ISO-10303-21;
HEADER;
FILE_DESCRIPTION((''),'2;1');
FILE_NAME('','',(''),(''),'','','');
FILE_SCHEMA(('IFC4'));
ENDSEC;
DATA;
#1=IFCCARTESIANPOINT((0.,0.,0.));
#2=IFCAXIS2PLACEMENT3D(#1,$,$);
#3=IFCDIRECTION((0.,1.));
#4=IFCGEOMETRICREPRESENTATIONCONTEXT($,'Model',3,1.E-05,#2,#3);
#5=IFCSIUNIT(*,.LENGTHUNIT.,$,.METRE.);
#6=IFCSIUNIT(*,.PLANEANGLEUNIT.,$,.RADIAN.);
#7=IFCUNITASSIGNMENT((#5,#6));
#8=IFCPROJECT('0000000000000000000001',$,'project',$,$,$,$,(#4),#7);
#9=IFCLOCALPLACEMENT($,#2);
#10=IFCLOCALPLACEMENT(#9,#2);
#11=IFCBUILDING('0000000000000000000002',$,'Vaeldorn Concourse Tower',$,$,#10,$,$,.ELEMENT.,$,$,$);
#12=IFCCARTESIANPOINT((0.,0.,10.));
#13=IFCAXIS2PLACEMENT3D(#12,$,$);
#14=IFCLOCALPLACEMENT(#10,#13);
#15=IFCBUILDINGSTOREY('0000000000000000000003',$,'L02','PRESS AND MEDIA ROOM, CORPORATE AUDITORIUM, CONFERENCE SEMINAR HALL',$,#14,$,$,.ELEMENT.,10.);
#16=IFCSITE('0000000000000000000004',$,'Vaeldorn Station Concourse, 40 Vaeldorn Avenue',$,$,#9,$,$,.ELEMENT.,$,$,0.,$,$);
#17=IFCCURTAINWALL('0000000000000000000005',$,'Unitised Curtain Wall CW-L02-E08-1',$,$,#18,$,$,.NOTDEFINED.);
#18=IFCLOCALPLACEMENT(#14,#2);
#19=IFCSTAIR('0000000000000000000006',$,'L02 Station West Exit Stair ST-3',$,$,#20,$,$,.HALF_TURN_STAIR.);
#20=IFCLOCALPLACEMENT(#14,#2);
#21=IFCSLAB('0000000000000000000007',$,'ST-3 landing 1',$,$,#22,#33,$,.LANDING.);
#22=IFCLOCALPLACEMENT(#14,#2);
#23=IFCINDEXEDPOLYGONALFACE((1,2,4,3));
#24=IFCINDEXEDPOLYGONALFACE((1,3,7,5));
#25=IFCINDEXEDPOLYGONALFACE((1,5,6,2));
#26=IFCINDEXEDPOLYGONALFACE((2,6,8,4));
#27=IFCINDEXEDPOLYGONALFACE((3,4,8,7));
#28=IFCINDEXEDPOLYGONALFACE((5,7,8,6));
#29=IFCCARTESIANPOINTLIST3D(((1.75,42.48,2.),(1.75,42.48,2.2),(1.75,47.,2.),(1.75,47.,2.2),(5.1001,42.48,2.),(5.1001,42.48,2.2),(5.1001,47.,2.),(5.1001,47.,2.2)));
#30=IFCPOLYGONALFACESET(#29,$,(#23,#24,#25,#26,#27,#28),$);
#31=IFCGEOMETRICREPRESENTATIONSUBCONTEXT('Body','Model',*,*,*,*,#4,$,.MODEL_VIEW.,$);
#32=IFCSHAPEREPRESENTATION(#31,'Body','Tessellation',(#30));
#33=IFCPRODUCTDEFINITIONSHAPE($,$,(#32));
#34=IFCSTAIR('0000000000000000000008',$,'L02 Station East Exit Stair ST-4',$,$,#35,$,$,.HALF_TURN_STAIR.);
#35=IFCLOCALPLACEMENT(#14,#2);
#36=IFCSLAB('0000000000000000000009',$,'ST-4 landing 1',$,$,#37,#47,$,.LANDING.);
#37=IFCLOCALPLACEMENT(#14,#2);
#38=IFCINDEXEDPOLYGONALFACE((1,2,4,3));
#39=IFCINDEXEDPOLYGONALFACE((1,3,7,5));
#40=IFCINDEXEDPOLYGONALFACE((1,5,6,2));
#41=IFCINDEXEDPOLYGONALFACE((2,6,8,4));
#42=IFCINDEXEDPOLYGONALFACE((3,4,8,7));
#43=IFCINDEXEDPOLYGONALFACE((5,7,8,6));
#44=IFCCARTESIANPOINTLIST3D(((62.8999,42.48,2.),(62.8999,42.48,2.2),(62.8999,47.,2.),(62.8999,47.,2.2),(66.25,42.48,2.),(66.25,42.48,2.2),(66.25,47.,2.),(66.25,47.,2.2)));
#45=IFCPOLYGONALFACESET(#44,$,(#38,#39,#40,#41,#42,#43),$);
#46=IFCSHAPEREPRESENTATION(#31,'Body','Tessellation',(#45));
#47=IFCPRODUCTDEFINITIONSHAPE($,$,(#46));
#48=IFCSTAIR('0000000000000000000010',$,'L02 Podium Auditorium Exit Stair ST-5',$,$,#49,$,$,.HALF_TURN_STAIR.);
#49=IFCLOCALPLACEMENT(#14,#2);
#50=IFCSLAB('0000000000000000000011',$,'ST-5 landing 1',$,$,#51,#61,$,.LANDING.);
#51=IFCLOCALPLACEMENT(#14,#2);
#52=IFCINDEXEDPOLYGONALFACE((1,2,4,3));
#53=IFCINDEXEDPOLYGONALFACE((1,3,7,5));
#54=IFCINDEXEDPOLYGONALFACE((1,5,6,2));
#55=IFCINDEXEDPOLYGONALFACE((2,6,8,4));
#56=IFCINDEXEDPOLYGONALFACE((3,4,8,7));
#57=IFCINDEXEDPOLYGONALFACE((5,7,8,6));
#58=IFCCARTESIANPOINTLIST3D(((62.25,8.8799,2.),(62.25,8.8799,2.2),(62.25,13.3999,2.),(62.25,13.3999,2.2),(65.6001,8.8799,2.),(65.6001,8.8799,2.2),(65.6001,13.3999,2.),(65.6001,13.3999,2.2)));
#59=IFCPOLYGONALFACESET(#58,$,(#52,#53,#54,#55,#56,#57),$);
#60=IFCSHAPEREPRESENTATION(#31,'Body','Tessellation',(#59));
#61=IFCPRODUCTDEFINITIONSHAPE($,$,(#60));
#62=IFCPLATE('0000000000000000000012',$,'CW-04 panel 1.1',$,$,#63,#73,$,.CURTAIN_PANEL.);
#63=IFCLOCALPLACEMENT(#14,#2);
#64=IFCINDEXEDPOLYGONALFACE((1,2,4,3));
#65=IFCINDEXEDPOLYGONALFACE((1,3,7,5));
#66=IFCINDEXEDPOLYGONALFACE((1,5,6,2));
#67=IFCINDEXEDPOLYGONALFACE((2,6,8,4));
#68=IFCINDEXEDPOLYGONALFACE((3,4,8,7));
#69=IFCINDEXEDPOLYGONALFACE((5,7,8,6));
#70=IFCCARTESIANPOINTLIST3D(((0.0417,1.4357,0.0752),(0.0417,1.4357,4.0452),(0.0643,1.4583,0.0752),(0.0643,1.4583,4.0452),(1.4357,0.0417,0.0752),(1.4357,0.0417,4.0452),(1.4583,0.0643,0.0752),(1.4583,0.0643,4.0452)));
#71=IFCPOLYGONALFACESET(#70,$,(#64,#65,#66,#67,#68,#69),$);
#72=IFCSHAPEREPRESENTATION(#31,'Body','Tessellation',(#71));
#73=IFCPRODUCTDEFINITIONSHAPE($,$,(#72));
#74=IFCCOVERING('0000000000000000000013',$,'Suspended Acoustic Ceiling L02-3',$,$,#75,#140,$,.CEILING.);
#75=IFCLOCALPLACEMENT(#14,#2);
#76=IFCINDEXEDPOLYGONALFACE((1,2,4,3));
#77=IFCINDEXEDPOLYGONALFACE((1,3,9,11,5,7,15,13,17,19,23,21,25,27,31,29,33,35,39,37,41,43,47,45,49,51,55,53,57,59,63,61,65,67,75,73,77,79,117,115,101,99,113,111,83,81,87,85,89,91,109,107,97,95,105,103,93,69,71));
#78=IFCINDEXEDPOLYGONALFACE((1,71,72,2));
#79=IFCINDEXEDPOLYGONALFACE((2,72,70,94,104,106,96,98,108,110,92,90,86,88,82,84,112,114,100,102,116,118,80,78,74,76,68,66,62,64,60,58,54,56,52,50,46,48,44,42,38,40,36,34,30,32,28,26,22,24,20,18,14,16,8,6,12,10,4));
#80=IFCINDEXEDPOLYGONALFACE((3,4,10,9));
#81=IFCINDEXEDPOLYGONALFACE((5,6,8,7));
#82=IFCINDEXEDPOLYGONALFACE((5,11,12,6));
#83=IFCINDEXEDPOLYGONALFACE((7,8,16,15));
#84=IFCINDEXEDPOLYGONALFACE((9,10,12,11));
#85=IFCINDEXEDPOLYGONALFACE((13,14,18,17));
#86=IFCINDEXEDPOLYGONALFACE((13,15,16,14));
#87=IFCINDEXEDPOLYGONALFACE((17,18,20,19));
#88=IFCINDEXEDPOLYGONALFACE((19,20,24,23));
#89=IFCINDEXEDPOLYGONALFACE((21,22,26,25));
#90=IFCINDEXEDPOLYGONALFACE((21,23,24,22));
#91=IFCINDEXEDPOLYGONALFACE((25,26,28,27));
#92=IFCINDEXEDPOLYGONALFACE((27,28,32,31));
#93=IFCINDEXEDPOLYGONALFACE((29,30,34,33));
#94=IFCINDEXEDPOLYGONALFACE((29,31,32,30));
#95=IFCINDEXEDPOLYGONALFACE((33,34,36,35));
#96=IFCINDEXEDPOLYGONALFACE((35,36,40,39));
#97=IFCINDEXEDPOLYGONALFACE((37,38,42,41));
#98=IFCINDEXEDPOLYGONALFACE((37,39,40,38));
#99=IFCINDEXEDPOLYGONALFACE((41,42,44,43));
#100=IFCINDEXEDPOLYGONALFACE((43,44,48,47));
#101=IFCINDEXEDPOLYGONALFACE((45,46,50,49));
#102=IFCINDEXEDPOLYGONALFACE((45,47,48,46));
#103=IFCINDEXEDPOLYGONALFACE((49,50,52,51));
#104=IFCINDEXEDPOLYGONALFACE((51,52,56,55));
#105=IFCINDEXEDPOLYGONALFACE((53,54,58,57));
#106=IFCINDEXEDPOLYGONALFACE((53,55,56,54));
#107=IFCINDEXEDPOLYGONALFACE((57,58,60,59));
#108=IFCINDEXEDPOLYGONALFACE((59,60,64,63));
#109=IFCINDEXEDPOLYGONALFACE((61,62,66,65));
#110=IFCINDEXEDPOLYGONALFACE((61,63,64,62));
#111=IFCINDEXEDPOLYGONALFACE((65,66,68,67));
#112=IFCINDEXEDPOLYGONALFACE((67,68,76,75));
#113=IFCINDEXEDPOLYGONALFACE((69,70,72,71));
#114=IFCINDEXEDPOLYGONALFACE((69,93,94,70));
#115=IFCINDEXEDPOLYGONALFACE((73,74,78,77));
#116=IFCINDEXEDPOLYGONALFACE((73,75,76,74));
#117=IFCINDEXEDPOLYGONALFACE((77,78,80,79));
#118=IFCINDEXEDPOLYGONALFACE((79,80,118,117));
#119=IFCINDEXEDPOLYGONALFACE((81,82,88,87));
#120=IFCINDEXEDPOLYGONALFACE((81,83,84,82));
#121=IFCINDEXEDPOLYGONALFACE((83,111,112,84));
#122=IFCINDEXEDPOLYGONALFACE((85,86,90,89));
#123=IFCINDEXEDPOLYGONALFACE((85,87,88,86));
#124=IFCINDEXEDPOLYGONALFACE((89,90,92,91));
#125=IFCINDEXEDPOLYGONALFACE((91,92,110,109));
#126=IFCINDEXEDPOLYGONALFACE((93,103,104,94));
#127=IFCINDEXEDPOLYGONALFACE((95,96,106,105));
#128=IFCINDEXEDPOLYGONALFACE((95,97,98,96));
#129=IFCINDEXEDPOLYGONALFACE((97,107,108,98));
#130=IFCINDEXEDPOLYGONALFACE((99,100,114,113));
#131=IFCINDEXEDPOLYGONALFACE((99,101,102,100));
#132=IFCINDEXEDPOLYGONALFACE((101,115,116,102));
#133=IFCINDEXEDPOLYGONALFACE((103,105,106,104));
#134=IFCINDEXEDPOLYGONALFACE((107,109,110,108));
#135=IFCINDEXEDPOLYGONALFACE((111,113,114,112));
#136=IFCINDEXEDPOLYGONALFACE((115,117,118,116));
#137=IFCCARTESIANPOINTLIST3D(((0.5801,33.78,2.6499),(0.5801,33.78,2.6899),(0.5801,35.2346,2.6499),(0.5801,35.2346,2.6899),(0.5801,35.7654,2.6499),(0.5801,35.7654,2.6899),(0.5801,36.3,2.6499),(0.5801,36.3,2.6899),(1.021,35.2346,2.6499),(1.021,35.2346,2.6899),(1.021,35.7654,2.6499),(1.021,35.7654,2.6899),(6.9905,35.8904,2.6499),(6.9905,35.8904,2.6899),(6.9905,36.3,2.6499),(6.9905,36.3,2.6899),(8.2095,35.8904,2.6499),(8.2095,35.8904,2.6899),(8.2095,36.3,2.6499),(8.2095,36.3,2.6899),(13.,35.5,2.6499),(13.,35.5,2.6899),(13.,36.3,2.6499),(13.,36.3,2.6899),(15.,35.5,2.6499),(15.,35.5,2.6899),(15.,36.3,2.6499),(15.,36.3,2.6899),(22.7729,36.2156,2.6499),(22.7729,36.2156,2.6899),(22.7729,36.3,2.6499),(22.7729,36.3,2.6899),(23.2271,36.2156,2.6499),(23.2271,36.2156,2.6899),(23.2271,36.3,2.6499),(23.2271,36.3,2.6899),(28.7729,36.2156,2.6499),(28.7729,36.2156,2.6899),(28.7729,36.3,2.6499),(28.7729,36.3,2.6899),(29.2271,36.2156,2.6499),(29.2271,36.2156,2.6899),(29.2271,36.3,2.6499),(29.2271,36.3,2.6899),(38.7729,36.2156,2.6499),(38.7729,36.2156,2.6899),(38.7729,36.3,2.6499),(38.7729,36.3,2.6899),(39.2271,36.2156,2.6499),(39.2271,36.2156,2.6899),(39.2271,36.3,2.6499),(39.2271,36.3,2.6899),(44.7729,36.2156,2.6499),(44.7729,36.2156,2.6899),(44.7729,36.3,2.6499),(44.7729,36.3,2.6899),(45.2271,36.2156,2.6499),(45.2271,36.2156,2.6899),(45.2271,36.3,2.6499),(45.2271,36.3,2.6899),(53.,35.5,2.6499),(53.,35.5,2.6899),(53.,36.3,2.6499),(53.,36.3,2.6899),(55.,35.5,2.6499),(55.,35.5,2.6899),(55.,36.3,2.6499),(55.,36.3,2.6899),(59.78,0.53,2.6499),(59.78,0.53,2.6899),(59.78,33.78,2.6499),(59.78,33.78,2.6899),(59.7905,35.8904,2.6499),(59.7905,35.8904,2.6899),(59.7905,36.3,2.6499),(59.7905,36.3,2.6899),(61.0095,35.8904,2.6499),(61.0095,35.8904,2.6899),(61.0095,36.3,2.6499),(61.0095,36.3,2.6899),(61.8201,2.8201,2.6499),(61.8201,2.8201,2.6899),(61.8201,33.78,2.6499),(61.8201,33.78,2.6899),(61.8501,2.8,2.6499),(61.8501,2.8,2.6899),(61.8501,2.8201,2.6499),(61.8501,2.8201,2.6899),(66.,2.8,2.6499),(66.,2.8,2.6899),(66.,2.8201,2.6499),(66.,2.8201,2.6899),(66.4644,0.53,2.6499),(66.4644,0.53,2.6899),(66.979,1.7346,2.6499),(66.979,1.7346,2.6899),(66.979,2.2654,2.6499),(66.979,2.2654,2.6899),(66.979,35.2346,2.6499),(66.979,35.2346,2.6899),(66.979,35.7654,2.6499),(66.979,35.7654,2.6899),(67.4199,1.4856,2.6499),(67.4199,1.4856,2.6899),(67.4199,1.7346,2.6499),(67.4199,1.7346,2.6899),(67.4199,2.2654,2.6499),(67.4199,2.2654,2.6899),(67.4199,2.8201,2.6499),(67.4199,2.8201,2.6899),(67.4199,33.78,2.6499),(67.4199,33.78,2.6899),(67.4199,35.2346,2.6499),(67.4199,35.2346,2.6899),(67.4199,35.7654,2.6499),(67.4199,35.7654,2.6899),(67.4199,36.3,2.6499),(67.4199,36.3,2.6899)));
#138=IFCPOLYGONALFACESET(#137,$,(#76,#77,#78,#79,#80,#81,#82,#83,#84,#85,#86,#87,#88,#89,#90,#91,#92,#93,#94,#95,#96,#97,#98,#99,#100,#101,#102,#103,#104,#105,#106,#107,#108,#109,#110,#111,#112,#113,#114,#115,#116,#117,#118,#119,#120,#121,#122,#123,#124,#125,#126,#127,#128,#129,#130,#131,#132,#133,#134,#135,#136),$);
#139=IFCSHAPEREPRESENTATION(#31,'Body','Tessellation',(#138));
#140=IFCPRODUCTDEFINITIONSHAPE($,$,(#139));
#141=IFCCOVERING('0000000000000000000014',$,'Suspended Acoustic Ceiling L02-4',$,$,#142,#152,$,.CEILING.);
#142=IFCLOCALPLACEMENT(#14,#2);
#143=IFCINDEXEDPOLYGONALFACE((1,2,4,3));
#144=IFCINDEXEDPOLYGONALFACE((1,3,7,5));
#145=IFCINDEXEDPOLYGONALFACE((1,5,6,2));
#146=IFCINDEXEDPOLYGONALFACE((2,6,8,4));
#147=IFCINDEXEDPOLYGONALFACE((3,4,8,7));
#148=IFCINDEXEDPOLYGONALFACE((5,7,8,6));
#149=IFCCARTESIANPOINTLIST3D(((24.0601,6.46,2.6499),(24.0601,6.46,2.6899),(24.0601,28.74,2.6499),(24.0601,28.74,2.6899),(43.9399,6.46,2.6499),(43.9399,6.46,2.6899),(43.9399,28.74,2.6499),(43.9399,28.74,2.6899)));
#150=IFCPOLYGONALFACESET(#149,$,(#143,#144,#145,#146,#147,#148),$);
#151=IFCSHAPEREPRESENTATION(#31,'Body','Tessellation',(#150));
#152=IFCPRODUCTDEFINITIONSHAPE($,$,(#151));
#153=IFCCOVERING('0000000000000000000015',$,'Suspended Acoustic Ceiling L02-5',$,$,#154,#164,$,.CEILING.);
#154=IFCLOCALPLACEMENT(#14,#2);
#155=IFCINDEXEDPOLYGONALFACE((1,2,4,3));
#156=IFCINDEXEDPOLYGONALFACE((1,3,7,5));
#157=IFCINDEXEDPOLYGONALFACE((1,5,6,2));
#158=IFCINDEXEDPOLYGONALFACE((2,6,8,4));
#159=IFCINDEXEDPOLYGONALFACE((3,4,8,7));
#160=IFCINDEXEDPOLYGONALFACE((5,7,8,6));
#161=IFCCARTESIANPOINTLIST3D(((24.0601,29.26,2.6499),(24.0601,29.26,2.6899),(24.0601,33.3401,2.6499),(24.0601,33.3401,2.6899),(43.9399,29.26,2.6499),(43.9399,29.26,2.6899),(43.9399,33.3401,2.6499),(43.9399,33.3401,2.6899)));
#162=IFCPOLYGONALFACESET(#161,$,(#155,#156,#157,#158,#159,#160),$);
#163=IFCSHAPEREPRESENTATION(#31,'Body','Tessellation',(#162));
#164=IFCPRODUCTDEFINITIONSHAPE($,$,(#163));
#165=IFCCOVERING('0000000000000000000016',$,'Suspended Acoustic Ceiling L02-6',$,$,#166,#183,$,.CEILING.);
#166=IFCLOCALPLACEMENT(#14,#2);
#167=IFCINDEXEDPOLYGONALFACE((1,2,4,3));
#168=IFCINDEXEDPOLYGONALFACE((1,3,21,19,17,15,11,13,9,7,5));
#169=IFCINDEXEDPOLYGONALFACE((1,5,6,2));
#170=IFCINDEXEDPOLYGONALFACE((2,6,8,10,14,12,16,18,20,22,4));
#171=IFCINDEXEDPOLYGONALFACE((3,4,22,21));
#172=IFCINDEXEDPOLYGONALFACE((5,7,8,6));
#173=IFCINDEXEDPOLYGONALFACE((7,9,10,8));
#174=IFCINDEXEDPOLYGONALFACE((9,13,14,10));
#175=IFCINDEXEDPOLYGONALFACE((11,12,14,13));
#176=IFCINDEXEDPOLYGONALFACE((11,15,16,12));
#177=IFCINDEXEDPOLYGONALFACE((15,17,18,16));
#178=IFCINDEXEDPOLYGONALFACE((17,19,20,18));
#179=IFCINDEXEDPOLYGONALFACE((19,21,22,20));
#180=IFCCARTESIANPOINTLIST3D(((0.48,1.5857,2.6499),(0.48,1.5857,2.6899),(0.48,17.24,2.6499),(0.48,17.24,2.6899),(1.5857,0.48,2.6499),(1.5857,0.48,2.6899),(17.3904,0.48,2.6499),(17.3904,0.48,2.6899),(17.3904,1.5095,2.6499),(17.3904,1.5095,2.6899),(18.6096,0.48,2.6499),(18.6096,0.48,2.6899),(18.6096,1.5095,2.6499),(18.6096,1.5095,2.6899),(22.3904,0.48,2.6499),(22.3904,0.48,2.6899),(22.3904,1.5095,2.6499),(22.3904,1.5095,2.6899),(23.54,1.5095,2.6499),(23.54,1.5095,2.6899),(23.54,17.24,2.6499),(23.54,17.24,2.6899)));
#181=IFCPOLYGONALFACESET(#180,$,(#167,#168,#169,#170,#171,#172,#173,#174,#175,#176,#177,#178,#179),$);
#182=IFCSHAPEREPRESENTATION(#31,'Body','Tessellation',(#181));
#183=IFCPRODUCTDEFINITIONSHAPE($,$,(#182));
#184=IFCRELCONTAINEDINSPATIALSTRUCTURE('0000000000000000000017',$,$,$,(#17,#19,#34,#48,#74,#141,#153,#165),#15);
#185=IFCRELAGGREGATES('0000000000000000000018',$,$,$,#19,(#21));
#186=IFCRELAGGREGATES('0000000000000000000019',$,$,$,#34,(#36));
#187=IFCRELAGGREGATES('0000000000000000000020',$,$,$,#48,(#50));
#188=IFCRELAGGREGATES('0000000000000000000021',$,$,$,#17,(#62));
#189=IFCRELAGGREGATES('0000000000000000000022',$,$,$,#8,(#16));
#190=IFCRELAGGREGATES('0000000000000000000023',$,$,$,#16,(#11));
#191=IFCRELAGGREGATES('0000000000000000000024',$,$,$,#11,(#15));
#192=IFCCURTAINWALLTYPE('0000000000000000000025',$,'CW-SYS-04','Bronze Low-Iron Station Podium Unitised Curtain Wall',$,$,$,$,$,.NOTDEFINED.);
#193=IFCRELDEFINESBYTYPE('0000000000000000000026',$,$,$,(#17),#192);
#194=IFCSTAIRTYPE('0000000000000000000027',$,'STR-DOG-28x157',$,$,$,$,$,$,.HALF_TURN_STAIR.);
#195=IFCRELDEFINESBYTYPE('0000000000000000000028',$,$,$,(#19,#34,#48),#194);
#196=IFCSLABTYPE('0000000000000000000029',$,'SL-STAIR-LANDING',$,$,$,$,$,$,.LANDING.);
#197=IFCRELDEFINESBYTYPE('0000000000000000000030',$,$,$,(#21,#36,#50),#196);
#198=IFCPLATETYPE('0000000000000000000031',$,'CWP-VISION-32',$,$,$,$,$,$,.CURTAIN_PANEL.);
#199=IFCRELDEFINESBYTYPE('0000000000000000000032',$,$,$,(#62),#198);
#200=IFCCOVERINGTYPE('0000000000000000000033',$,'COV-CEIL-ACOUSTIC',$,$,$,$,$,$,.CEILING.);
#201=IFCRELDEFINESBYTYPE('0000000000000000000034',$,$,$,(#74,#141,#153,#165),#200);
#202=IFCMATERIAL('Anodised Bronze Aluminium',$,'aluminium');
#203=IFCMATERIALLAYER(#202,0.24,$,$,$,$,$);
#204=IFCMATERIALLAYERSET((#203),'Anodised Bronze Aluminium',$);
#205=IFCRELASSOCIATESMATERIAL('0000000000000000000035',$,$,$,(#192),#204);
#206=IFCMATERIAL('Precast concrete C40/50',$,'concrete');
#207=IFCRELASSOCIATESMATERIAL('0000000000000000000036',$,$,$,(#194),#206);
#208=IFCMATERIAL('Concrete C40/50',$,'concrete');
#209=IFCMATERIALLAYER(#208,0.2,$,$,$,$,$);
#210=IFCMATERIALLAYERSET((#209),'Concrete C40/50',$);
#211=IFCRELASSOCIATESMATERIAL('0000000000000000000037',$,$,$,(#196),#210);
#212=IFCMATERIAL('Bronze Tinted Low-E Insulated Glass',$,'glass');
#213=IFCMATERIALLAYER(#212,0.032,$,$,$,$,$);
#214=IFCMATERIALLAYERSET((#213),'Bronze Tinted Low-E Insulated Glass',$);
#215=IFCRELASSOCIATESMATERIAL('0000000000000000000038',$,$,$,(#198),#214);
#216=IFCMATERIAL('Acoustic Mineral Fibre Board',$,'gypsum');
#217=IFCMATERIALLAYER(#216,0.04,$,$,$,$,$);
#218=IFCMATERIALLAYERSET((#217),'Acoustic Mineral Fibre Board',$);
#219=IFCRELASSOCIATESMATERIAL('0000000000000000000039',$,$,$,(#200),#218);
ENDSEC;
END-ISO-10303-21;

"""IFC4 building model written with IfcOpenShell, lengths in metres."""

from ifc_helpers import new_model, si_unit, direction, frame, origin, origin_2d, place, context, subcontext, project, spatial, polyline, rectangle, outline, extrude, source, transform, mapped, material, layer, layer_set, type_object, element, aggregate, save


model = new_model("IFC4")

# Units and contexts
model_context = context("Model", 3, precision=1e-05, world=origin(), true_north=direction((0.0, 1.0)))
body_context = subcontext(model_context, "Body", "Model", "MODEL_VIEW")
ifc_project = project(units=[si_unit("LENGTHUNIT", "METRE"), si_unit("PLANEANGLEUNIT", "RADIAN")], contexts=[model_context])

# Site, building, storey
site_placement = place(None, origin())
site = spatial("IfcSite", under=ifc_project, at=site_placement, Name="Vaeldorn Station Concourse, 40 Vaeldorn Avenue", CompositionType="ELEMENT", RefElevation=0.0)
building_placement = place(site_placement, origin())
building = spatial("IfcBuilding", under=site, at=building_placement, Name="Vaeldorn Concourse Tower", CompositionType="ELEMENT")
storey_placement = place(building_placement, frame((0.0, 0.0, 10.0)))
storey = spatial("IfcBuildingStorey", under=building, at=storey_placement, Name="L02", Description="PRESS AND MEDIA ROOM, CORPORATE AUDITORIUM, CONFERENCE SEMINAR HALL", CompositionType="ELEMENT", Elevation=10.0)

# Curtain wall
ifc_material_1 = material(Name="Anodised Bronze Aluminium", Category="aluminium")
ifc_layer_1 = layer(ifc_material_1, 0.24)
ifc_layer_set_1 = layer_set([ifc_layer_1], Name="Anodised Bronze Aluminium")
curtain_wall_type = type_object("IfcCurtainWallType", Name="CW-SYS-04", Description="Bronze Low-Iron Station Podium Unitised Curtain Wall", PredefinedType="NOTDEFINED", material=ifc_layer_set_1)
curtain_wall_placement = place(storey_placement, origin())
curtain_wall = element("IfcCurtainWall", 1, at=curtain_wall_placement, inside=storey, type_object=curtain_wall_type, Name="Unitised Curtain Wall CW-L02-E08-1", PredefinedType="NOTDEFINED")

# Shared definitions
ifc_material_2 = material(Name="Concrete C40/50", Category="concrete")

# Stairs, slabs
ifc_material_3 = material(Name="Precast concrete C40/50", Category="concrete")
stair_type = type_object("IfcStairType", Name="STR-DOG-28x157", PredefinedType="HALF_TURN_STAIR", material=ifc_material_3)
ifc_layer_2 = layer(ifc_material_2, 0.2)
ifc_layer_set_2 = layer_set([ifc_layer_2], Name="Concrete C40/50")
slab_type_1 = type_object("IfcSlabType", Name="SL-STAIR-LANDING", PredefinedType="LANDING", material=ifc_layer_set_2)
stair_1_placement = place(storey_placement, origin())
stair_1 = element("IfcStair", 2, at=stair_1_placement, inside=storey, type_object=stair_type, Name="L02 Station West Exit Stair ST-3", PredefinedType="HALF_TURN_STAIR")
slab_1_placement = place(storey_placement, frame((0.0, 0.0, 2.0)))
slab_1 = element("IfcSlab", 3, at=slab_1_placement, type_object=slab_type_1, Name="ST-3 landing 1", PredefinedType="LANDING", context=body_context, shape_type="SweptSolid", body=[
    extrude(outline(polyline([(5.1001, 42.48), (5.1001, 47.0), (1.75, 47.0), (1.75, 42.48), (5.1001, 42.48)])), origin(), (0.0, 0.0, 1.0), 0.2),
])
aggregate(stair_1, [slab_1])
stair_2_placement = place(storey_placement, origin())
stair_2 = element("IfcStair", 4, at=stair_2_placement, inside=storey, type_object=stair_type, Name="L02 Station East Exit Stair ST-4", PredefinedType="HALF_TURN_STAIR")
slab_2_placement = place(storey_placement, frame((0.0, 0.0, 2.0)))
slab_2 = element("IfcSlab", 5, at=slab_2_placement, type_object=slab_type_1, Name="ST-4 landing 1", PredefinedType="LANDING", context=body_context, shape_type="SweptSolid", body=[
    extrude(outline(polyline([(66.25, 42.48), (66.25, 47.0), (62.8999, 47.0), (62.8999, 42.48), (66.25, 42.48)])), origin(), (0.0, 0.0, 1.0), 0.2),
])
aggregate(stair_2, [slab_2])
stair_3_placement = place(storey_placement, origin())
stair_3 = element("IfcStair", 6, at=stair_3_placement, inside=storey, type_object=stair_type, Name="L02 Podium Auditorium Exit Stair ST-5", PredefinedType="HALF_TURN_STAIR")
slab_3_placement = place(storey_placement, frame((0.0, 0.0, 2.0)))
slab_3 = element("IfcSlab", 7, at=slab_3_placement, type_object=slab_type_1, Name="ST-5 landing 1", PredefinedType="LANDING", context=body_context, shape_type="SweptSolid", body=[
    extrude(outline(polyline([(65.6001, 8.8799), (65.6001, 13.3999), (62.25, 13.3999), (62.25, 8.8799), (65.6001, 8.8799)])), origin(), (0.0, 0.0, 1.0), 0.2),
])
aggregate(stair_3, [slab_3])

# Plate
ifc_material_4 = material(Name="Bronze Tinted Low-E Insulated Glass", Category="glass")
ifc_layer_3 = layer(ifc_material_4, 0.032)
ifc_layer_set_3 = layer_set([ifc_layer_3], Name="Bronze Tinted Low-E Insulated Glass")
plate_type = type_object("IfcPlateType", Name="CWP-VISION-32", PredefinedType="CURTAIN_PANEL", material=ifc_layer_set_3)
shared_shape_1 = source(origin(), body_context, "Body", "SweptSolid", [
    extrude(rectangle(XDim=1.9714, YDim=0.032, at=origin_2d()), origin(), (0.0, 0.0, 1.0), 3.97),
])
plate_placement = place(storey_placement, frame((0.75, 0.75, 0.0752), z_axis=(0.0, 0.0, 1.0), x_axis=(0.707107, -0.707107, 0.0)))
plate = element("IfcPlate", 8, at=plate_placement, type_object=plate_type, Name="CW-04 panel 1.1", PredefinedType="CURTAIN_PANEL", context=body_context, shape_type="MappedRepresentation", body=[
    mapped(shared_shape_1, transform((0.0, 0.0, 0.0), scale=1.0)),
])
aggregate(curtain_wall, [plate])

# Coverings
ifc_material_5 = material(Name="Acoustic Mineral Fibre Board", Category="gypsum")
ifc_layer_4 = layer(ifc_material_5, 0.04)
ifc_layer_set_4 = layer_set([ifc_layer_4], Name="Acoustic Mineral Fibre Board")
covering_type_1 = type_object("IfcCoveringType", Name="COV-CEIL-ACOUSTIC", PredefinedType="CEILING", material=ifc_layer_set_4)
covering_1_placement = place(storey_placement, frame((0.0, 0.0, 2.6499)))
element("IfcCovering", 9, at=covering_1_placement, inside=storey, type_object=covering_type_1, Name="Suspended Acoustic Ceiling L02-3", PredefinedType="CEILING", context=body_context, shape_type="SweptSolid", body=[
    extrude(outline(polyline([(6.9905, 36.3), (6.9905, 35.8904), (8.2095, 35.8904), (8.2095, 36.3), (13.0, 36.3), (13.0, 35.5), (15.0, 35.5), (15.0, 36.3), (22.7729, 36.3), (22.7729, 36.2156), (23.2271, 36.2156), (23.2271, 36.3), (28.7729, 36.3), (28.7729, 36.2156), (29.2271, 36.2156), (29.2271, 36.3), (38.7729, 36.3), (38.7729, 36.2156), (39.2271, 36.2156), (39.2271, 36.3), (44.7729, 36.3), (44.7729, 36.2156), (45.2271, 36.2156), (45.2271, 36.3), (53.0, 36.3), (53.0, 35.5), (55.0, 35.5), (55.0, 36.3), (59.7905, 36.3), (59.7905, 35.8904), (61.0095, 35.8904), (61.0095, 36.3), (67.4199, 36.3), (67.4199, 35.7654), (66.979, 35.7654), (66.979, 35.2346), (67.4199, 35.2346), (67.4199, 33.78), (61.8201, 33.78), (61.8201, 2.8201), (61.8501, 2.8201), (61.8501, 2.8), (66.0, 2.8), (66.0, 2.8201), (67.4199, 2.8201), (67.4199, 2.2654), (66.979, 2.2654), (66.979, 1.7346), (67.4199, 1.7346), (67.4199, 1.4856), (66.4644, 0.53), (59.78, 0.53), (59.78, 33.78), (0.5801, 33.78), (0.5801, 35.2346), (1.021, 35.2346), (1.021, 35.7654), (0.5801, 35.7654), (0.5801, 36.3), (6.9905, 36.3)])), origin(), (0.0, 0.0, 1.0), 0.04),
])
covering_2_placement = place(storey_placement, frame((0.0, 0.0, 2.6499)))
element("IfcCovering", 10, at=covering_2_placement, inside=storey, type_object=covering_type_1, Name="Suspended Acoustic Ceiling L02-4", PredefinedType="CEILING", context=body_context, shape_type="SweptSolid", body=[
    extrude(outline(polyline([(24.0601, 28.74), (43.9399, 28.74), (43.9399, 6.46), (24.0601, 6.46), (24.0601, 28.74)])), origin(), (0.0, 0.0, 1.0), 0.04),
])
covering_3_placement = place(storey_placement, frame((0.0, 0.0, 2.6499)))
element("IfcCovering", 11, at=covering_3_placement, inside=storey, type_object=covering_type_1, Name="Suspended Acoustic Ceiling L02-5", PredefinedType="CEILING", context=body_context, shape_type="SweptSolid", body=[
    extrude(outline(polyline([(24.0601, 33.3401), (43.9399, 33.3401), (43.9399, 29.26), (24.0601, 29.26), (24.0601, 33.3401)])), origin(), (0.0, 0.0, 1.0), 0.04),
])
covering_4_placement = place(storey_placement, frame((0.0, 0.0, 2.6499)))
element("IfcCovering", 12, at=covering_4_placement, inside=storey, type_object=covering_type_1, Name="Suspended Acoustic Ceiling L02-6", PredefinedType="CEILING", context=body_context, shape_type="SweptSolid", body=[
    extrude(outline(polyline([(0.48, 17.24), (23.54, 17.24), (23.54, 1.5095), (22.3904, 1.5095), (22.3904, 0.48), (18.6096, 0.48), (18.6096, 1.5095), (17.3904, 1.5095), (17.3904, 0.48), (1.5857, 0.48), (0.48, 1.5857), (0.48, 17.24)])), origin(), (0.0, 0.0, 1.0), 0.04),
])

save(model, "model.ifc")
